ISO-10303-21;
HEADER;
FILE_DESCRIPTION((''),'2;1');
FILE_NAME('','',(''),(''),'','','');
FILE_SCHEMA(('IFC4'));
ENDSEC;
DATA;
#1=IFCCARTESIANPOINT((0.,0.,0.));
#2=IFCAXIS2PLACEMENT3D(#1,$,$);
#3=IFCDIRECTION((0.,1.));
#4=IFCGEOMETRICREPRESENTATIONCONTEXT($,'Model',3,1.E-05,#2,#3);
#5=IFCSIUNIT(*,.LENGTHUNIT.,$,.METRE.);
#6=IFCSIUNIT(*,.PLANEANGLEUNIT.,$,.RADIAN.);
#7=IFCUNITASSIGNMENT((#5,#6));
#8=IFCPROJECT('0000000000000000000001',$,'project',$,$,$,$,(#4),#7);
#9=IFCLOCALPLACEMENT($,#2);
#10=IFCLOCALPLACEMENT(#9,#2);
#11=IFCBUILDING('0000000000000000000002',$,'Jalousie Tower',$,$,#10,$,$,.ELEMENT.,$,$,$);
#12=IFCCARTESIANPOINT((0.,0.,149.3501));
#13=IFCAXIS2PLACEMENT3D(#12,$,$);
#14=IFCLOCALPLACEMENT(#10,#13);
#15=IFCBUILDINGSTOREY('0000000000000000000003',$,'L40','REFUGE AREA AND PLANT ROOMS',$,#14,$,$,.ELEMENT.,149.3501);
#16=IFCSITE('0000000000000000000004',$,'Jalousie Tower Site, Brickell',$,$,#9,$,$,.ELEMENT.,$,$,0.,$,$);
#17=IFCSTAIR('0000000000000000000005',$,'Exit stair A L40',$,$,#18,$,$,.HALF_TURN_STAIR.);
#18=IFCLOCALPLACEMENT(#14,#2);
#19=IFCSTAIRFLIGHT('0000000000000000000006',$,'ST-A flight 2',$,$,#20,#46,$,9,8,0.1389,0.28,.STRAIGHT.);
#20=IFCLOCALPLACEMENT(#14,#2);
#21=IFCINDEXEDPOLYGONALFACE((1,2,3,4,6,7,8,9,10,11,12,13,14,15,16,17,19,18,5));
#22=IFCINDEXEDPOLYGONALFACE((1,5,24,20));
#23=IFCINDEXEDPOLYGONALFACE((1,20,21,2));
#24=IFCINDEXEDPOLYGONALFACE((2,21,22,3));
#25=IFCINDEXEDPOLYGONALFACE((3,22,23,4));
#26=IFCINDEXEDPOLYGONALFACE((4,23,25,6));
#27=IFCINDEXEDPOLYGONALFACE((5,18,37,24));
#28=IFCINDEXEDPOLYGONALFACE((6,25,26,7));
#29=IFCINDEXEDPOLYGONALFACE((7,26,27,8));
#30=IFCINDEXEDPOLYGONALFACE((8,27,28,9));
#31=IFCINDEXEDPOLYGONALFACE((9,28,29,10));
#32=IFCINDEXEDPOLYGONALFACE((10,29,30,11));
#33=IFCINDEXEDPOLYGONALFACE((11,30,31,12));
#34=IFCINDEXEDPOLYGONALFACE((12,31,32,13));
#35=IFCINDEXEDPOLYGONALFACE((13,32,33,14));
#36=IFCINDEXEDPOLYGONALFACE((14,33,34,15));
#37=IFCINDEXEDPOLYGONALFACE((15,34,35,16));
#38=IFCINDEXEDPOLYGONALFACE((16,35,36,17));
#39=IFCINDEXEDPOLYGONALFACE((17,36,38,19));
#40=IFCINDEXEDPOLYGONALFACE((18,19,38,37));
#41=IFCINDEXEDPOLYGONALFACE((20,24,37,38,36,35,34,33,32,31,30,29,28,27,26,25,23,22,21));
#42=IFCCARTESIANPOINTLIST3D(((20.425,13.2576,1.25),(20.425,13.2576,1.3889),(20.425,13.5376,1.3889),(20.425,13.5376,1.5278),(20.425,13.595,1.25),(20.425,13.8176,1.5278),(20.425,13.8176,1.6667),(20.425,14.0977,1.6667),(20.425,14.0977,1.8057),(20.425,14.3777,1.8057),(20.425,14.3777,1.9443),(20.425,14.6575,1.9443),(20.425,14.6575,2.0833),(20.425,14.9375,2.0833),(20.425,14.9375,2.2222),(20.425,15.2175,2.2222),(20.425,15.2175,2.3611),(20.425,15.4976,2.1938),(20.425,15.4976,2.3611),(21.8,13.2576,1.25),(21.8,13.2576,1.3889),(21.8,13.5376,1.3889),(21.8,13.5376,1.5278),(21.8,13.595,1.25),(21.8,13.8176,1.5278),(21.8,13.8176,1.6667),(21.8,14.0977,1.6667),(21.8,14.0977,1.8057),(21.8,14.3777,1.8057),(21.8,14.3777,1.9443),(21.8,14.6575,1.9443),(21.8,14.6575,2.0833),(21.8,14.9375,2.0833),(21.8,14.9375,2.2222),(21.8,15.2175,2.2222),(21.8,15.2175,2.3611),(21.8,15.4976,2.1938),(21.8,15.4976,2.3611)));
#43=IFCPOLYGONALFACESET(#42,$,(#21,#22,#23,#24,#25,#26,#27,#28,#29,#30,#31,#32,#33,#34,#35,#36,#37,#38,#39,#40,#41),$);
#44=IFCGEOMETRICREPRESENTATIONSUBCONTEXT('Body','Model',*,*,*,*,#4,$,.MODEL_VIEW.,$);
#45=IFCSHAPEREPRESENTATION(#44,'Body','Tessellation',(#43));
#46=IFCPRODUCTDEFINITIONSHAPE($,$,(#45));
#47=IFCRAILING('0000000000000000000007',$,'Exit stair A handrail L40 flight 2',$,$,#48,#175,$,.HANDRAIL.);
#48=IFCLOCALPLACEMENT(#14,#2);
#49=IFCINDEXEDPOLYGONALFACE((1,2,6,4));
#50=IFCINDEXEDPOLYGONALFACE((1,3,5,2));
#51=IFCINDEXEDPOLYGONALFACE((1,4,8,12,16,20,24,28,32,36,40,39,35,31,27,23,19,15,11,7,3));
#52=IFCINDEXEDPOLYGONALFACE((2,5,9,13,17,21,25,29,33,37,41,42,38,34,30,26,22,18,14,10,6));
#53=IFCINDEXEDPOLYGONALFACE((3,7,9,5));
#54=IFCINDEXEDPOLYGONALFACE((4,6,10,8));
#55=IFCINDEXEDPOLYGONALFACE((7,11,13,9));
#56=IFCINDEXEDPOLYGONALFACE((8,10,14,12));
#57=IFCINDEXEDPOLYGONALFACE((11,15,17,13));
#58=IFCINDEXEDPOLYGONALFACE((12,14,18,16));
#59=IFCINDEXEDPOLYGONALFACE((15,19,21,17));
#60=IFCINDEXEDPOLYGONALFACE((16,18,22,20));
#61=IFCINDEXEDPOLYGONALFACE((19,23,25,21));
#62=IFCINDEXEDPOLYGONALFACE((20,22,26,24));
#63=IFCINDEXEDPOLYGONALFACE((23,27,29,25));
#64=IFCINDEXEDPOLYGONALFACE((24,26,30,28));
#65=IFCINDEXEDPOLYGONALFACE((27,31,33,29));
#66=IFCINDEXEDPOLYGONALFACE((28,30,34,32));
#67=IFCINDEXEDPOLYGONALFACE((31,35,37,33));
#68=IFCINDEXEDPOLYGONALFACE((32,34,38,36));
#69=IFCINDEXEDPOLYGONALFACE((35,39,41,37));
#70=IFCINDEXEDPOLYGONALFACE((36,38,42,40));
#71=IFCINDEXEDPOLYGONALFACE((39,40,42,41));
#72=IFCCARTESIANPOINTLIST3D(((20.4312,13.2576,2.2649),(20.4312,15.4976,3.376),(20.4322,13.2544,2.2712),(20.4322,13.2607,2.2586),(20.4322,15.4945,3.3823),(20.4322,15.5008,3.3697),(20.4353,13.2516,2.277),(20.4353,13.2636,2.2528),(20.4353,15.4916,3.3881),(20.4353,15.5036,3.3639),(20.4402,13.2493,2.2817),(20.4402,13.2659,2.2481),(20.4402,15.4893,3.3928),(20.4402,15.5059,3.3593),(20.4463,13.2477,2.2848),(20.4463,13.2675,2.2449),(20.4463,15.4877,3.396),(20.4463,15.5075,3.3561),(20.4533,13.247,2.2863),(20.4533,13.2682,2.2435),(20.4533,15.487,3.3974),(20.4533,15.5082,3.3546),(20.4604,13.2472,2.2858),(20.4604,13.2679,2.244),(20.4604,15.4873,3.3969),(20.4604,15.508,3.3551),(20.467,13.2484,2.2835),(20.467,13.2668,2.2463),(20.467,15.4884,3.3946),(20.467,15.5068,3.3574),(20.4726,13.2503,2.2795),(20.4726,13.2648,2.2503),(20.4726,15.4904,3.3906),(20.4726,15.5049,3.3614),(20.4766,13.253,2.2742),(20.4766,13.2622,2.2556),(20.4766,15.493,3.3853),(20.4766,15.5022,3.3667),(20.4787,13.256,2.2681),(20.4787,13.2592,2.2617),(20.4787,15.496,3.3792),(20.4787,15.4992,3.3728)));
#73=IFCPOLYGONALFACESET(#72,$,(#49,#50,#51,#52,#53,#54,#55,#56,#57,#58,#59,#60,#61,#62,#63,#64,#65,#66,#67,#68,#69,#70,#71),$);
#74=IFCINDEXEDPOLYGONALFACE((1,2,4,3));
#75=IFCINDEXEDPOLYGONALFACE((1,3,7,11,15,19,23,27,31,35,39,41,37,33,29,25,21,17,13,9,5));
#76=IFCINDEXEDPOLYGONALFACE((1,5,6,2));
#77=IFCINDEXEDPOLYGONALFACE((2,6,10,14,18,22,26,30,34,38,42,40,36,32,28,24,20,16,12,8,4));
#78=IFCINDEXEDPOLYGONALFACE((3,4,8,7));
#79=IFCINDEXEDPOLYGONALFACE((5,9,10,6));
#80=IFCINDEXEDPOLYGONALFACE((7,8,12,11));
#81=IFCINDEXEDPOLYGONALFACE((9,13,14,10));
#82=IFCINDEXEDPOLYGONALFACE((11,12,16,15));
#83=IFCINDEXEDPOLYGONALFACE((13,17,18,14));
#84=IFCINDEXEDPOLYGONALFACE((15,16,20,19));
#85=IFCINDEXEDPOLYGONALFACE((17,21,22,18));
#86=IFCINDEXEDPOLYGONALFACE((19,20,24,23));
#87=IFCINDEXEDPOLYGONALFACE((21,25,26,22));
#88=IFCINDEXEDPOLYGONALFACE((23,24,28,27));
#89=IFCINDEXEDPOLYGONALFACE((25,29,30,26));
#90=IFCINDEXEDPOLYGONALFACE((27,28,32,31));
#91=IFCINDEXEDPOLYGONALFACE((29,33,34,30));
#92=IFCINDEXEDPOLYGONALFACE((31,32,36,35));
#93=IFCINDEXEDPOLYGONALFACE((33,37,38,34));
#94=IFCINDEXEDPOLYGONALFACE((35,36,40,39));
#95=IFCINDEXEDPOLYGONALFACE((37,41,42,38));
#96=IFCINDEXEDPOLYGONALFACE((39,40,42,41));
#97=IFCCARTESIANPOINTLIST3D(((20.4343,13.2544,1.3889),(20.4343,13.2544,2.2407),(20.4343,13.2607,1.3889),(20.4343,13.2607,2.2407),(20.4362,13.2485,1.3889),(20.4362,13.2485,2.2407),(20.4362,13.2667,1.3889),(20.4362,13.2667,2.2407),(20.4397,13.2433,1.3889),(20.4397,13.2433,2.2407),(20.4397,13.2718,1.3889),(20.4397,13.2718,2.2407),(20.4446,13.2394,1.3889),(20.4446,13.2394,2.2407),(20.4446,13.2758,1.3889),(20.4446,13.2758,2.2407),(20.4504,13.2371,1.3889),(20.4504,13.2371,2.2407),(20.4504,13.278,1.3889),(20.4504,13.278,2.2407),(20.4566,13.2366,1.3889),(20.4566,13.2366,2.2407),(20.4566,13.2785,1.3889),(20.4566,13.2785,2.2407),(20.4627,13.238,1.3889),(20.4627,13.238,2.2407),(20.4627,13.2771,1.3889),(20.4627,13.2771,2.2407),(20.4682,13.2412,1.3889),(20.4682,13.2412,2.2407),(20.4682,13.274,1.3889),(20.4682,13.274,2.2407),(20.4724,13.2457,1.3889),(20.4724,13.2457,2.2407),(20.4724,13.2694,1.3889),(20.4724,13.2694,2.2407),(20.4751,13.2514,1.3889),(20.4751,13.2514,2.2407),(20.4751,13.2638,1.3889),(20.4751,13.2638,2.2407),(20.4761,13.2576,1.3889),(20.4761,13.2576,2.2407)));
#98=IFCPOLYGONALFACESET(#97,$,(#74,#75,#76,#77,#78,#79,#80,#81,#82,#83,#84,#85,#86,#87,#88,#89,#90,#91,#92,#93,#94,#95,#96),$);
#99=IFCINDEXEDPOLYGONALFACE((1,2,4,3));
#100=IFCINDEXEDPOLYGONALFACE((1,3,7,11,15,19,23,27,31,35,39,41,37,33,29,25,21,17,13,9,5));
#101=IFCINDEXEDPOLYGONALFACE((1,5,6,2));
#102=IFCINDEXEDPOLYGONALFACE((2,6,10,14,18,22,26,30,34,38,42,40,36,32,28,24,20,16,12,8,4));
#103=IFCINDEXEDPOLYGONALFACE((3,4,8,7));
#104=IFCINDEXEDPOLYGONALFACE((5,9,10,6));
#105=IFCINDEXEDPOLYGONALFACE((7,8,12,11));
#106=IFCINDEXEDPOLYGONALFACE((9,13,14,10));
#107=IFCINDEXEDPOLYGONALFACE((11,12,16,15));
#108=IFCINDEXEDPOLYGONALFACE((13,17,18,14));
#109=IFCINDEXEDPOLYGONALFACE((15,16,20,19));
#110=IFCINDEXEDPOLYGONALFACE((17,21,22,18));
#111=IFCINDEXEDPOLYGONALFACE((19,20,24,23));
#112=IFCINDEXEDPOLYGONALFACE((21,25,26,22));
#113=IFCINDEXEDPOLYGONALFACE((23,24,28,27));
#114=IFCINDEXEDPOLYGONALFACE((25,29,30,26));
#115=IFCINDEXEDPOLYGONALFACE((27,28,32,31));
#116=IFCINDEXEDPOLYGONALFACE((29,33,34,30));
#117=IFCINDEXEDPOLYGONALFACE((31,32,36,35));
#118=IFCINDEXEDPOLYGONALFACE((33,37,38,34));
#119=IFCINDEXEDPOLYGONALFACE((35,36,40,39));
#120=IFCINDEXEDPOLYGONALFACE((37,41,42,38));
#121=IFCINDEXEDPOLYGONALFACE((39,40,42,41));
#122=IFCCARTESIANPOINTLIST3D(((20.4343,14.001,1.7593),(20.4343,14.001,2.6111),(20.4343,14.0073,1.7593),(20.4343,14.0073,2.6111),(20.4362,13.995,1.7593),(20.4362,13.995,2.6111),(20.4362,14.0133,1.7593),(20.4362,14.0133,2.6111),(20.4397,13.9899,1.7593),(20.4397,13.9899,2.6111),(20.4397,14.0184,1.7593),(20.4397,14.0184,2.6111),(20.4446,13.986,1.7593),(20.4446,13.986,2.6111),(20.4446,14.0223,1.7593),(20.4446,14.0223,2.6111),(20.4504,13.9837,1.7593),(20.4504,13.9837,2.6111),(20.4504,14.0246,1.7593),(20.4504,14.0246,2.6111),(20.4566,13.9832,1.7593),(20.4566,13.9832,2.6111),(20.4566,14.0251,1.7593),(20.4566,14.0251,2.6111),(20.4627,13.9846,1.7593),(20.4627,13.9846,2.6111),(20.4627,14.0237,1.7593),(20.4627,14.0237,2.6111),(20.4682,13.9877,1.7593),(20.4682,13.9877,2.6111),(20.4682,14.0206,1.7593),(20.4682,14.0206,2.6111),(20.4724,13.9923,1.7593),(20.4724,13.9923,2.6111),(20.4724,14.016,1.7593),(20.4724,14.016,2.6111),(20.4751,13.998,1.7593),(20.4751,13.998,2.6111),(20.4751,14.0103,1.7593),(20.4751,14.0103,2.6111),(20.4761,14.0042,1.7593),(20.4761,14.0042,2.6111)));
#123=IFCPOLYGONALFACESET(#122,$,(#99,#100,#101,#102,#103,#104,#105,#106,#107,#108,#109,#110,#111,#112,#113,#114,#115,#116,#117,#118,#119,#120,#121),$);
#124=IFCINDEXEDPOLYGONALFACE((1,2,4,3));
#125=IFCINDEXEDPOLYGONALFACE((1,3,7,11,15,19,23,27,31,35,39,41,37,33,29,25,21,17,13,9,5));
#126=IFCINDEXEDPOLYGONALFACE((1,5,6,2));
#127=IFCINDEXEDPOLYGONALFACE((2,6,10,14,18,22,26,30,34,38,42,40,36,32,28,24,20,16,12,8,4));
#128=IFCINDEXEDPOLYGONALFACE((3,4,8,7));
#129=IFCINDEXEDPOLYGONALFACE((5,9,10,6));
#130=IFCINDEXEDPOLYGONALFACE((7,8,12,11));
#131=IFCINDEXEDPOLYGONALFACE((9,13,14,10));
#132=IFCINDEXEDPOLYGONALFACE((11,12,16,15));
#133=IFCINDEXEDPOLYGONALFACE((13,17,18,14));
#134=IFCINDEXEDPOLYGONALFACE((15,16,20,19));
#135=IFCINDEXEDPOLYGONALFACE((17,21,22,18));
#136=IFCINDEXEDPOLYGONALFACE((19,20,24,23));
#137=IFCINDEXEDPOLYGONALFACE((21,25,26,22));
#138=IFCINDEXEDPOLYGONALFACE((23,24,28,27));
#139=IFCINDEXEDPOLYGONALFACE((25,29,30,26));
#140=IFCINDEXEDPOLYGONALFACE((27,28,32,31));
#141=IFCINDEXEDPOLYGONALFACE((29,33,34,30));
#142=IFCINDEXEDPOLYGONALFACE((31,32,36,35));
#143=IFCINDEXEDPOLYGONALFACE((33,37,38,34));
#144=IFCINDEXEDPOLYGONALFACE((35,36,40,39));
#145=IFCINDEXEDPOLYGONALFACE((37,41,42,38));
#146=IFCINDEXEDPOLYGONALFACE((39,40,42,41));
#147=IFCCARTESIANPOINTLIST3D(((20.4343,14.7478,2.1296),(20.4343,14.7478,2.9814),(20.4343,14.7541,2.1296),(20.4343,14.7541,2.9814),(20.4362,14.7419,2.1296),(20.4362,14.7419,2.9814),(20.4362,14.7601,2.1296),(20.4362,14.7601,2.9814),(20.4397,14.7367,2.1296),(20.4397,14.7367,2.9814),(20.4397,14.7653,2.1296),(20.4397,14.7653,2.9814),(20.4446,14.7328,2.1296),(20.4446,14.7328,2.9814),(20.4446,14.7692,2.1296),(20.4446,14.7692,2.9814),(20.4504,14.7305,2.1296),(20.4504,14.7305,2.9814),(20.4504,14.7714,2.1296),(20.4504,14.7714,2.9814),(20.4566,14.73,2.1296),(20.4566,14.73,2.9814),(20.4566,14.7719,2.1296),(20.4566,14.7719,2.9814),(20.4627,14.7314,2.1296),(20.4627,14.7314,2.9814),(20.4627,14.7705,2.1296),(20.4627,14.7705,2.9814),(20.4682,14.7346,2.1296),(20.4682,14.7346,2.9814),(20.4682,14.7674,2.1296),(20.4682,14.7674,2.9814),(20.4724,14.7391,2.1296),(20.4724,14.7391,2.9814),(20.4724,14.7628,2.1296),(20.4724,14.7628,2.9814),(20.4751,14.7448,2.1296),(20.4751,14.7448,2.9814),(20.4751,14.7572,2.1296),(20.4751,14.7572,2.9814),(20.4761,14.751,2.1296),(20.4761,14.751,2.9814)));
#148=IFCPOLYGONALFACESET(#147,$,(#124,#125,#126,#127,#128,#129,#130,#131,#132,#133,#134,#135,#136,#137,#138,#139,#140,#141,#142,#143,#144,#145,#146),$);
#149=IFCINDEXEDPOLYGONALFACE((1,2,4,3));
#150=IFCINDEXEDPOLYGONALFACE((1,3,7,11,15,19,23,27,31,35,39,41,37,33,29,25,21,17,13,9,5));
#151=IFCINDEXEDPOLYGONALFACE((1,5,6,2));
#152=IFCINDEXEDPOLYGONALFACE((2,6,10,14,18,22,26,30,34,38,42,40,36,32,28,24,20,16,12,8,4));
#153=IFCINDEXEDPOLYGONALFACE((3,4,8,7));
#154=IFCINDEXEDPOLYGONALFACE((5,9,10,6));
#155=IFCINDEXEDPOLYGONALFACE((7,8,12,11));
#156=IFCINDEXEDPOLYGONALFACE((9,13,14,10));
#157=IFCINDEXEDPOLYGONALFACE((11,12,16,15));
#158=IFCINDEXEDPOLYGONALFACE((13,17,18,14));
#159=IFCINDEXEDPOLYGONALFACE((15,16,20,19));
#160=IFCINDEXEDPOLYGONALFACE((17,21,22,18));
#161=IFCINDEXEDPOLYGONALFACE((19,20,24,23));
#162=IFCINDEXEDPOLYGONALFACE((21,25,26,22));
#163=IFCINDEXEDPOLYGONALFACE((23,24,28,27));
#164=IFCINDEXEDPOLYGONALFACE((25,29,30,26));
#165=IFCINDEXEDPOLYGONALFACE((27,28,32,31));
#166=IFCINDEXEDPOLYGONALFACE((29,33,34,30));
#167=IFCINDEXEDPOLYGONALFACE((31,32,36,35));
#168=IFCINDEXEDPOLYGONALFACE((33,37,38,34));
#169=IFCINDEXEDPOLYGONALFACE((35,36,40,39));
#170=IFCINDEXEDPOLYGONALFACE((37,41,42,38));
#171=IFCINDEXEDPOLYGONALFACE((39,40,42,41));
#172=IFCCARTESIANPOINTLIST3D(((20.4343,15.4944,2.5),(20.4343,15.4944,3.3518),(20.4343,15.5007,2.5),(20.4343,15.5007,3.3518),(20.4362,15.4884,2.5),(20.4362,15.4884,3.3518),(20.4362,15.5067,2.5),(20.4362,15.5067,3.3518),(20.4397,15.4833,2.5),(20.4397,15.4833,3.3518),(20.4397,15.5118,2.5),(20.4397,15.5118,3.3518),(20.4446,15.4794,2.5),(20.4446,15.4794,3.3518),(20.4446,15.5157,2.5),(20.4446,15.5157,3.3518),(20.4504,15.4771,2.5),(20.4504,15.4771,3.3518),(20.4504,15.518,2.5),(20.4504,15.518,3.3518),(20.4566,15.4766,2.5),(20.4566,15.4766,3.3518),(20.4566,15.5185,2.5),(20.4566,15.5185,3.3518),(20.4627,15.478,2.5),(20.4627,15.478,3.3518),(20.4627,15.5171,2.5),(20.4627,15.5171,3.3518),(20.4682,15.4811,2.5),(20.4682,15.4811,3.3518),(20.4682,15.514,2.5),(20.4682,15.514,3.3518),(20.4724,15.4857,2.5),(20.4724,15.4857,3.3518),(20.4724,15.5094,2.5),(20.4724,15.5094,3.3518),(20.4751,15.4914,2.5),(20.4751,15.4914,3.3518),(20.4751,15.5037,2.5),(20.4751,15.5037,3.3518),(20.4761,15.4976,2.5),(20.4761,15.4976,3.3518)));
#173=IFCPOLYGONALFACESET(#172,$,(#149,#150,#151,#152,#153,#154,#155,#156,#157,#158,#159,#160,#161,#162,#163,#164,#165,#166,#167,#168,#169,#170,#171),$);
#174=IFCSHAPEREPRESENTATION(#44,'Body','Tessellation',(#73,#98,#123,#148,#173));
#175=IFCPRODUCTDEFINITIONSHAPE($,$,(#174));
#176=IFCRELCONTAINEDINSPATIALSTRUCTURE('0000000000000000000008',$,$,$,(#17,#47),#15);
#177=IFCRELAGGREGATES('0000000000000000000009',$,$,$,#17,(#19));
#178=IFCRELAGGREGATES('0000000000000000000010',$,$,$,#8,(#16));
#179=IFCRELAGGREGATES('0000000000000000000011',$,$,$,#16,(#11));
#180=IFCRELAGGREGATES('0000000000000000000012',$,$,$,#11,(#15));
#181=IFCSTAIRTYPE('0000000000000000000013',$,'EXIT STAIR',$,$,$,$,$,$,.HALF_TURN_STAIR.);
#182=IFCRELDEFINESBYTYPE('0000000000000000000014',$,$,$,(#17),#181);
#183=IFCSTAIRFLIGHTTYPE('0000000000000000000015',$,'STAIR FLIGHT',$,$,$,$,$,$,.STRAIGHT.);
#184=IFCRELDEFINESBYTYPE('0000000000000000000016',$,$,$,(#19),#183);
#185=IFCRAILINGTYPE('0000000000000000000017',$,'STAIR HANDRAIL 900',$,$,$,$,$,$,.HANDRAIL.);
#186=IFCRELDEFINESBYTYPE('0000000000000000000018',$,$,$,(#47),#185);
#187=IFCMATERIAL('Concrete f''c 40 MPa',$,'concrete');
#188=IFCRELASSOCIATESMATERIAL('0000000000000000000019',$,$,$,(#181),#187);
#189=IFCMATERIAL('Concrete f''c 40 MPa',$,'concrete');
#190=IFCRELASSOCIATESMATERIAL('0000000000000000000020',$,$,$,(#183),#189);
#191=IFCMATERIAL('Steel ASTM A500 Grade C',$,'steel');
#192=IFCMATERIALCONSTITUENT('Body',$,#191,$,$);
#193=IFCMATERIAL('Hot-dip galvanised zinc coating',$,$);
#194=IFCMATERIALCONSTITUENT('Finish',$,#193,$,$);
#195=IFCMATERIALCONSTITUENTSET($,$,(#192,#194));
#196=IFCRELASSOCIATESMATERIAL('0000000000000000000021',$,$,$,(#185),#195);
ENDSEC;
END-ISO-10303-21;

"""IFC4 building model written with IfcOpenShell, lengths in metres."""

from ifc_helpers import new_model, si_unit, direction, frame, origin, origin_2d, place, context, subcontext, project, spatial, polyline, circle, outline, extrude, material, constituent, constituent_set, type_object, element, aggregate, save


model = new_model("IFC4")

# Units and contexts
model_context = context("Model", 3, precision=1e-05, world=origin(), true_north=direction((0.0, 1.0)))
body_context = subcontext(model_context, "Body", "Model", "MODEL_VIEW")
ifc_project = project(units=[si_unit("LENGTHUNIT", "METRE"), si_unit("PLANEANGLEUNIT", "RADIAN")], contexts=[model_context])

# Site, building, storey
site_placement = place(None, origin())
site = spatial("IfcSite", under=ifc_project, at=site_placement, Name="Jalousie Tower Site, Brickell", CompositionType="ELEMENT", RefElevation=0.0)
building_placement = place(site_placement, origin())
building = spatial("IfcBuilding", under=site, at=building_placement, Name="Jalousie Tower", CompositionType="ELEMENT")
storey_placement = place(building_placement, frame((0.0, 0.0, 149.3501)))
storey = spatial("IfcBuildingStorey", under=building, at=storey_placement, Name="L40", Description="REFUGE AREA AND PLANT ROOMS", CompositionType="ELEMENT", Elevation=149.3501)

# Stair, stair flight
ifc_material_1 = material(Name="Concrete f'c 40 MPa", Category="concrete")
stair_type = type_object("IfcStairType", Name="EXIT STAIR", PredefinedType="HALF_TURN_STAIR", material=ifc_material_1)
stair_placement = place(storey_placement, origin())
stair = element("IfcStair", 1, at=stair_placement, inside=storey, type_object=stair_type, Name="Exit stair A L40", PredefinedType="HALF_TURN_STAIR")
ifc_material_2 = material(Name="Concrete f'c 40 MPa", Category="concrete")
stair_flight_type = type_object("IfcStairFlightType", Name="STAIR FLIGHT", PredefinedType="STRAIGHT", material=ifc_material_2)
stair_flight_placement = place(storey_placement, frame((21.1125, 13.2576, 1.25), z_axis=(0.0, 0.0, 1.0), x_axis=(0.0, 1.0, 0.0)))
stair_flight = element("IfcStairFlight", 2, at=stair_flight_placement, type_object=stair_flight_type, Name="ST-A flight 2", NumberOfRisers=9, NumberOfTreads=8, PredefinedType="STRAIGHT", RiserHeight=0.1389, TreadLength=0.28, context=body_context, shape_type="SweptSolid", body=[
    extrude(outline(polyline([(0.0, 0.0), (0.0, 0.1389), (0.28, 0.1389), (0.28, 0.2778), (0.5601, 0.2778), (0.5601, 0.4167), (0.8401, 0.4167), (0.8401, 0.5557), (1.1201, 0.5557), (1.1201, 0.6943), (1.3999, 0.6943), (1.3999, 0.8333), (1.6799, 0.8333), (1.6799, 0.9722), (1.96, 0.9722), (1.96, 1.1111), (2.24, 1.1111), (2.24, 1.25), (2.24, 0.9438), (0.3374, 0.0), (0.0, 0.0)])), frame((0.0, 0.6875, 0.0), z_axis=(0.0, -1.0, 0.0), x_axis=(1.0, 0.0, 0.0)), (0.0, 0.0, 1.0), 1.375),
])
aggregate(stair, [stair_flight])

# Railing
ifc_material_3 = material(Name="Steel ASTM A500 Grade C", Category="steel")
ifc_constituent_1 = constituent(ifc_material_3, Name="Body")
ifc_material_4 = material(Name="Hot-dip galvanised zinc coating")
ifc_constituent_2 = constituent(ifc_material_4, Name="Finish")
ifc_constituent_set_1 = constituent_set(constituents=[ifc_constituent_1, ifc_constituent_2])
railing_type_1 = type_object("IfcRailingType", Name="STAIR HANDRAIL 900", PredefinedType="HANDRAIL", material=ifc_constituent_set_1)
for number, where, name in (
    (3, (20.4551, 13.2576, 1.3889), "Exit stair A handrail L40 flight 2"),
):
    element("IfcRailing", number, at=place(storey_placement, frame(where)), inside=storey, type_object=railing_type_1, Name=name, PredefinedType="HANDRAIL", context=body_context, shape_type="SweptSolid", body=[
        extrude(circle(Radius=0.0239, at=origin_2d()), frame((0.0, 0.0, 0.876), z_axis=(0.0, 0.895848, 0.44436), x_axis=(-1.0, 0.0, 0.0)), (0.0, 0.0, 1.0), 2.5005),
        extrude(circle(Radius=0.021, at=origin_2d()), origin(), (0.0, 0.0, 1.0), 0.8518),
        extrude(circle(Radius=0.021, at=origin_2d()), frame((0.0, 0.7466, 0.3704)), (0.0, 0.0, 1.0), 0.8518),
        extrude(circle(Radius=0.021, at=origin_2d()), frame((0.0, 1.4934, 0.7407)), (0.0, 0.0, 1.0), 0.8518),
        extrude(circle(Radius=0.021, at=origin_2d()), frame((0.0, 2.24, 1.1111)), (0.0, 0.0, 1.0), 0.8518),
    ])

save(model, "model.ifc")
